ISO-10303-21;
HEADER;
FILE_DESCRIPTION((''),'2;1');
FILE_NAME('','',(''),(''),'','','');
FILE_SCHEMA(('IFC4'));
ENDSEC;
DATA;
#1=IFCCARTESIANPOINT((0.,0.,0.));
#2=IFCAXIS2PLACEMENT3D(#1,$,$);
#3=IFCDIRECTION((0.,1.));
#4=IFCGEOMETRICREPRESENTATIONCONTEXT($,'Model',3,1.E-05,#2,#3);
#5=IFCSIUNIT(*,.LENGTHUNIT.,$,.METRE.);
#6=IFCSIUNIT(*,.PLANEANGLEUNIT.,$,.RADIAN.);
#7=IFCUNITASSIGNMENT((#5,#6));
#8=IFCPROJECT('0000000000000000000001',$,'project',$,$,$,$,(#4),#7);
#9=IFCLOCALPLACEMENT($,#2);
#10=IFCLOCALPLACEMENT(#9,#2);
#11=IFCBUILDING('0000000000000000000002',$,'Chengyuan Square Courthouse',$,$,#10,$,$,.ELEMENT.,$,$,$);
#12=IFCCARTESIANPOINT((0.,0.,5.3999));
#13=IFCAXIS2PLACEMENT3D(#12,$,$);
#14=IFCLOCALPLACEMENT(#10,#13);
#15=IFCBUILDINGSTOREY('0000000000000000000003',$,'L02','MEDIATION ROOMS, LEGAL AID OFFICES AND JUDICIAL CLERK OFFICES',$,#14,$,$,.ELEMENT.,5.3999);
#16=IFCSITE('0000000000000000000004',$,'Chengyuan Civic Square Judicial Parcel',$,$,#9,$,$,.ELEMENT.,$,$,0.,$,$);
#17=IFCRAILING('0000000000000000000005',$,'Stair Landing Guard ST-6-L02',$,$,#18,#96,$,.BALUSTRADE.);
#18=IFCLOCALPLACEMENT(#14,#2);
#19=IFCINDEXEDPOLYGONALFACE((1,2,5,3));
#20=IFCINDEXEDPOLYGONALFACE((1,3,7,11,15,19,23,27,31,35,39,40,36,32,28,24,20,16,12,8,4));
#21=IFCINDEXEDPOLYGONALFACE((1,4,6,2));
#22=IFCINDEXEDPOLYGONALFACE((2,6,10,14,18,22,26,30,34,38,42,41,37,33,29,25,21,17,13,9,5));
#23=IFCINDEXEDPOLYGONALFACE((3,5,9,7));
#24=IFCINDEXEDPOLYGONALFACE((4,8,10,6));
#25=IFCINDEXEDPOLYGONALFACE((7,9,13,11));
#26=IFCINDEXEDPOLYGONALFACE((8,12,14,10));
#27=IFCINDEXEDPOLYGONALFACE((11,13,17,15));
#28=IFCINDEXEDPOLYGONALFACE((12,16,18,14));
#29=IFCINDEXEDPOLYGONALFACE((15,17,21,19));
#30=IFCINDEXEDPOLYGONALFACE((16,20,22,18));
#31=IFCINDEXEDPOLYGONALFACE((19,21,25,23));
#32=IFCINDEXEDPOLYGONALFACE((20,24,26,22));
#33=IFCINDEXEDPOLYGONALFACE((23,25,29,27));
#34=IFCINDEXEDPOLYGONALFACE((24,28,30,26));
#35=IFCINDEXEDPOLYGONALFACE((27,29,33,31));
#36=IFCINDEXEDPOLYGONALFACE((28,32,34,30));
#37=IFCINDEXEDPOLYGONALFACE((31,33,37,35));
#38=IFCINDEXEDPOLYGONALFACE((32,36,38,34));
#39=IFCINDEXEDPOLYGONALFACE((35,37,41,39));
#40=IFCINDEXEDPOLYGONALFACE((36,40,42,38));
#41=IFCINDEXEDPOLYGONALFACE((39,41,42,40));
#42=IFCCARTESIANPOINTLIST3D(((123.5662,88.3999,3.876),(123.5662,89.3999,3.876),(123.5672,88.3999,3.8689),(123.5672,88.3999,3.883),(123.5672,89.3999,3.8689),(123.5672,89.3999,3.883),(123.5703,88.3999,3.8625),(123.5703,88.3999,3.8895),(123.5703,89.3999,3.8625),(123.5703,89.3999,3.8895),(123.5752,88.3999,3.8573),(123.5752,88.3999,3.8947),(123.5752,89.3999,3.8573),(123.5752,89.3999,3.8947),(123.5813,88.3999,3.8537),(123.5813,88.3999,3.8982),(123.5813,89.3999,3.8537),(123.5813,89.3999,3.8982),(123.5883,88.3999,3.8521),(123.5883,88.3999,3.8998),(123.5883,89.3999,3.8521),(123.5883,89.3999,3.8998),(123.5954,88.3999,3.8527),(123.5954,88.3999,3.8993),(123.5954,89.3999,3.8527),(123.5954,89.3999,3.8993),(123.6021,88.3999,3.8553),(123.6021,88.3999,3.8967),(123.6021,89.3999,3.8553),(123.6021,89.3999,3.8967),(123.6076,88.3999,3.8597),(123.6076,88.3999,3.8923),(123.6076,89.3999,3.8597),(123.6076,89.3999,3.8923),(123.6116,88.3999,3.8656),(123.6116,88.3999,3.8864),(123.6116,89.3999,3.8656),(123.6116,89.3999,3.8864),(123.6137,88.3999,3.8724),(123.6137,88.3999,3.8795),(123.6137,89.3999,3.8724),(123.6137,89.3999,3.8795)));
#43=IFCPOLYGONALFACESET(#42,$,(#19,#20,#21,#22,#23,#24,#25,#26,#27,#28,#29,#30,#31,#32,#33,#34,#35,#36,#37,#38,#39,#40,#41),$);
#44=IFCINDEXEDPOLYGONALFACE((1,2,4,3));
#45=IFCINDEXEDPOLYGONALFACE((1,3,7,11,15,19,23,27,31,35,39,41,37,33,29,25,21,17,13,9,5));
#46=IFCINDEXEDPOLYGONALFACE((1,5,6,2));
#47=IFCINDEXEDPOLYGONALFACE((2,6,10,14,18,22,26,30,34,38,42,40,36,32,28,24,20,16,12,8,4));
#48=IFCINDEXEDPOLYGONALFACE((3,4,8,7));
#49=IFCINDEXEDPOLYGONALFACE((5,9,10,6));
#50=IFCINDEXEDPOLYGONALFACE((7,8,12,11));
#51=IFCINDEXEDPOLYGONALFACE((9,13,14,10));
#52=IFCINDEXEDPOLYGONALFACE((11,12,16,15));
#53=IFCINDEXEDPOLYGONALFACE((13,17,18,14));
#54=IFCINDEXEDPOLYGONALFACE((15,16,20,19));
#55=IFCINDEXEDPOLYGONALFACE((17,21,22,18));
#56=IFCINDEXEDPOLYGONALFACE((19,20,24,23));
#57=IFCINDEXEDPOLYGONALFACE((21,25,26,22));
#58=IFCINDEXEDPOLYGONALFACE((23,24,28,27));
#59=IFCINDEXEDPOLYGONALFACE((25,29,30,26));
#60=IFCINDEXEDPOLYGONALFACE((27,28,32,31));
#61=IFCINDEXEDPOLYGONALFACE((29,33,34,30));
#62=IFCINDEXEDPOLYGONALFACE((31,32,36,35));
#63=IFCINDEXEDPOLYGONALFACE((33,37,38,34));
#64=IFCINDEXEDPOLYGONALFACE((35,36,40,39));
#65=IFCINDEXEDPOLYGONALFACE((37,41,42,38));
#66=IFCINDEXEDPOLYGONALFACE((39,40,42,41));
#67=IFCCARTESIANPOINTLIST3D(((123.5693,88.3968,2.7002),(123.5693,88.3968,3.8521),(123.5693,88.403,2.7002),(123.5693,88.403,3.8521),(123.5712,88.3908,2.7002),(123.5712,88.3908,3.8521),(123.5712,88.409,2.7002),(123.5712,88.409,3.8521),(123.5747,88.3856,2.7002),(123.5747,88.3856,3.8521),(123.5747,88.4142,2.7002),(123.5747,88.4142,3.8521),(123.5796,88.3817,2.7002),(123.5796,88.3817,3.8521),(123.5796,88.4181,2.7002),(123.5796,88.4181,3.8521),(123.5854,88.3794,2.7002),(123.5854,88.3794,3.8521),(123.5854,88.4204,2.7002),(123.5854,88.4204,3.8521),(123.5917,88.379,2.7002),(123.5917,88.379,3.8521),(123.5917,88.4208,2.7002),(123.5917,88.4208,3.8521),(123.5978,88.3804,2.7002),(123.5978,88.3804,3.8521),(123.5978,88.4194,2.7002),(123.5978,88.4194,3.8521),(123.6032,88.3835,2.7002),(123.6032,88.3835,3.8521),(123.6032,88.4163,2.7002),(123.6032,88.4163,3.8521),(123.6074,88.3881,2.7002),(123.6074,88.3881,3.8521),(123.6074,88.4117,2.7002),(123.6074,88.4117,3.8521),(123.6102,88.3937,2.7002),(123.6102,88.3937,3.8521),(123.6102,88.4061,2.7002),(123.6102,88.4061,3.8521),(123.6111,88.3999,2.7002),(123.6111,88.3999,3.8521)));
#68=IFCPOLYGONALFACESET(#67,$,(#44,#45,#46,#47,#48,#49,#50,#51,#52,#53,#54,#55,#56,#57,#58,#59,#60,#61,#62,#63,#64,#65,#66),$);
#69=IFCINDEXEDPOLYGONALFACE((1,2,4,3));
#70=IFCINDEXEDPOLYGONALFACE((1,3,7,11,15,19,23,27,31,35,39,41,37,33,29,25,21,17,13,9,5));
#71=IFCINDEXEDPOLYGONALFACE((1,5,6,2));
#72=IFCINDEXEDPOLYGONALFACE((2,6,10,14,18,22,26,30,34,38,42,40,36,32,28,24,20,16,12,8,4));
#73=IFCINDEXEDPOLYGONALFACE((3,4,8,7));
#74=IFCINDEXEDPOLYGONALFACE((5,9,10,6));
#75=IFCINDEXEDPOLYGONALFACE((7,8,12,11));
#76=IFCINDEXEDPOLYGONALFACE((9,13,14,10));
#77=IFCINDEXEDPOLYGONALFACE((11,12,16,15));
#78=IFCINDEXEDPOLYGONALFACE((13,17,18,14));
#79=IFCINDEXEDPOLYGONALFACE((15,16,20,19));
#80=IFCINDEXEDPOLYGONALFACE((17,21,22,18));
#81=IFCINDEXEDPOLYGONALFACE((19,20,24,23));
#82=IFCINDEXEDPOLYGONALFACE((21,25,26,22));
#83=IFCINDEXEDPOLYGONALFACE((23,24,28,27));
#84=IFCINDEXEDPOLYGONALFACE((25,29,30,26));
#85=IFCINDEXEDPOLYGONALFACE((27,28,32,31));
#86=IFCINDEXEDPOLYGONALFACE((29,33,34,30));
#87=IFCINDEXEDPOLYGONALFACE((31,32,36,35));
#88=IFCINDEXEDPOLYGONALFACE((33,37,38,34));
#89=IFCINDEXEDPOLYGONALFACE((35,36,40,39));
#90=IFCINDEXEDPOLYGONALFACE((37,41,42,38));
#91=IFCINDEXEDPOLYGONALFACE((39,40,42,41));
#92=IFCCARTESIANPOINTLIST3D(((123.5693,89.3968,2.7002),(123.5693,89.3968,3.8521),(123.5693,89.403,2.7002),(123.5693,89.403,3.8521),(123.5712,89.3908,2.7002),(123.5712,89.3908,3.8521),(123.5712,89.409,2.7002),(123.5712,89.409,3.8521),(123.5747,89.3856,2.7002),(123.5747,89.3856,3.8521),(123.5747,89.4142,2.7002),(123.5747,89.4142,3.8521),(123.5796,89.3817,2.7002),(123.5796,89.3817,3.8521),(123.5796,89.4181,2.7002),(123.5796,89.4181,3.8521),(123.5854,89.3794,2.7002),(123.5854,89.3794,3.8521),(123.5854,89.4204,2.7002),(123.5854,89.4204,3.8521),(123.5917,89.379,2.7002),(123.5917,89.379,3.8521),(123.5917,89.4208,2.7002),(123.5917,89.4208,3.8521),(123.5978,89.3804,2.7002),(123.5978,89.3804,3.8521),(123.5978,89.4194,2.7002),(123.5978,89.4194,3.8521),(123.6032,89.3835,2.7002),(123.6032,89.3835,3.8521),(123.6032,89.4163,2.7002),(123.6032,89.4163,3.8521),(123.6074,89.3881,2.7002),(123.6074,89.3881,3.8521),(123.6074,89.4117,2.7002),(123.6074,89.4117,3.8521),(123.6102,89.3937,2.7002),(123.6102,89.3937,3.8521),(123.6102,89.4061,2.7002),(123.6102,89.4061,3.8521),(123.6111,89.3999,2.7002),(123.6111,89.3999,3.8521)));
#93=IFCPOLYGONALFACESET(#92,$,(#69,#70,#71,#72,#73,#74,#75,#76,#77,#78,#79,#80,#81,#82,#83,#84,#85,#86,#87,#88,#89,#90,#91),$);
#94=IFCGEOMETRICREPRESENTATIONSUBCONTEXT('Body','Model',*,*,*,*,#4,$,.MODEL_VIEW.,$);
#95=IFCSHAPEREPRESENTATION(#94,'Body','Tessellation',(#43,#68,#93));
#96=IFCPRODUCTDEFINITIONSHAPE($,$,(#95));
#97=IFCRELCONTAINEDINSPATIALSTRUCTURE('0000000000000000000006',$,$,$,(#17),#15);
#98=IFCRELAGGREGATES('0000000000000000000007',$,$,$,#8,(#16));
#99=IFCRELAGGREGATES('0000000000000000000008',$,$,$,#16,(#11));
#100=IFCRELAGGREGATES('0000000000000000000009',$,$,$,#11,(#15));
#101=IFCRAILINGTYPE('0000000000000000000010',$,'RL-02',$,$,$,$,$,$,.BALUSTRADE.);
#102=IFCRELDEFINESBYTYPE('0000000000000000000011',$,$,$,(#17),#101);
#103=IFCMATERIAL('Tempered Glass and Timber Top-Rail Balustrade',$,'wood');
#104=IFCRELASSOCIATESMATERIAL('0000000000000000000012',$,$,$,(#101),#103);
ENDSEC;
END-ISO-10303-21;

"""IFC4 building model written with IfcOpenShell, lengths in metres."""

from ifc_helpers import new_model, si_unit, direction, frame, origin, origin_2d, place, context, subcontext, project, spatial, circle, extrude, material, type_object, element, save


model = new_model("IFC4")

# Units and contexts
model_context = context("Model", 3, precision=1e-05, world=origin(), true_north=direction((0.0, 1.0)))
body_context = subcontext(model_context, "Body", "Model", "MODEL_VIEW")
ifc_project = project(units=[si_unit("LENGTHUNIT", "METRE"), si_unit("PLANEANGLEUNIT", "RADIAN")], contexts=[model_context])

# Site, building, storey
site_placement = place(None, origin())
site = spatial("IfcSite", under=ifc_project, at=site_placement, Name="Chengyuan Civic Square Judicial Parcel", CompositionType="ELEMENT", RefElevation=0.0)
building_placement = place(site_placement, origin())
building = spatial("IfcBuilding", under=site, at=building_placement, Name="Chengyuan Square Courthouse", CompositionType="ELEMENT")
storey_placement = place(building_placement, frame((0.0, 0.0, 5.3999)))
storey = spatial("IfcBuildingStorey", under=building, at=storey_placement, Name="L02", Description="MEDIATION ROOMS, LEGAL AID OFFICES AND JUDICIAL CLERK OFFICES", CompositionType="ELEMENT", Elevation=5.3999)

# Railing
ifc_material_1 = material(Name="Tempered Glass and Timber Top-Rail Balustrade", Category="wood")
railing_type_1 = type_object("IfcRailingType", Name="RL-02", PredefinedType="BALUSTRADE", material=ifc_material_1)
railing_1_placement = place(storey_placement, frame((123.5901, 88.3999, 2.7002)))
element("IfcRailing", 1, at=railing_1_placement, inside=storey, type_object=railing_type_1, Name="Stair Landing Guard ST-6-L02", PredefinedType="BALUSTRADE", context=body_context, shape_type="SweptSolid", body=[
    extrude(circle(Radius=0.0239, at=origin_2d()), frame((0.0, 0.0, 1.1758), z_axis=(0.0, 1.0, 0.0), x_axis=(-1.0, 0.0, 0.0)), (0.0, 0.0, 1.0), 1.0),
    extrude(circle(Radius=0.021, at=origin_2d()), origin(), (0.0, 0.0, 1.0), 1.1519),
    extrude(circle(Radius=0.021, at=origin_2d()), frame((0.0, 1.0, 0.0)), (0.0, 0.0, 1.0), 1.1519),
])

save(model, "model.ifc")
